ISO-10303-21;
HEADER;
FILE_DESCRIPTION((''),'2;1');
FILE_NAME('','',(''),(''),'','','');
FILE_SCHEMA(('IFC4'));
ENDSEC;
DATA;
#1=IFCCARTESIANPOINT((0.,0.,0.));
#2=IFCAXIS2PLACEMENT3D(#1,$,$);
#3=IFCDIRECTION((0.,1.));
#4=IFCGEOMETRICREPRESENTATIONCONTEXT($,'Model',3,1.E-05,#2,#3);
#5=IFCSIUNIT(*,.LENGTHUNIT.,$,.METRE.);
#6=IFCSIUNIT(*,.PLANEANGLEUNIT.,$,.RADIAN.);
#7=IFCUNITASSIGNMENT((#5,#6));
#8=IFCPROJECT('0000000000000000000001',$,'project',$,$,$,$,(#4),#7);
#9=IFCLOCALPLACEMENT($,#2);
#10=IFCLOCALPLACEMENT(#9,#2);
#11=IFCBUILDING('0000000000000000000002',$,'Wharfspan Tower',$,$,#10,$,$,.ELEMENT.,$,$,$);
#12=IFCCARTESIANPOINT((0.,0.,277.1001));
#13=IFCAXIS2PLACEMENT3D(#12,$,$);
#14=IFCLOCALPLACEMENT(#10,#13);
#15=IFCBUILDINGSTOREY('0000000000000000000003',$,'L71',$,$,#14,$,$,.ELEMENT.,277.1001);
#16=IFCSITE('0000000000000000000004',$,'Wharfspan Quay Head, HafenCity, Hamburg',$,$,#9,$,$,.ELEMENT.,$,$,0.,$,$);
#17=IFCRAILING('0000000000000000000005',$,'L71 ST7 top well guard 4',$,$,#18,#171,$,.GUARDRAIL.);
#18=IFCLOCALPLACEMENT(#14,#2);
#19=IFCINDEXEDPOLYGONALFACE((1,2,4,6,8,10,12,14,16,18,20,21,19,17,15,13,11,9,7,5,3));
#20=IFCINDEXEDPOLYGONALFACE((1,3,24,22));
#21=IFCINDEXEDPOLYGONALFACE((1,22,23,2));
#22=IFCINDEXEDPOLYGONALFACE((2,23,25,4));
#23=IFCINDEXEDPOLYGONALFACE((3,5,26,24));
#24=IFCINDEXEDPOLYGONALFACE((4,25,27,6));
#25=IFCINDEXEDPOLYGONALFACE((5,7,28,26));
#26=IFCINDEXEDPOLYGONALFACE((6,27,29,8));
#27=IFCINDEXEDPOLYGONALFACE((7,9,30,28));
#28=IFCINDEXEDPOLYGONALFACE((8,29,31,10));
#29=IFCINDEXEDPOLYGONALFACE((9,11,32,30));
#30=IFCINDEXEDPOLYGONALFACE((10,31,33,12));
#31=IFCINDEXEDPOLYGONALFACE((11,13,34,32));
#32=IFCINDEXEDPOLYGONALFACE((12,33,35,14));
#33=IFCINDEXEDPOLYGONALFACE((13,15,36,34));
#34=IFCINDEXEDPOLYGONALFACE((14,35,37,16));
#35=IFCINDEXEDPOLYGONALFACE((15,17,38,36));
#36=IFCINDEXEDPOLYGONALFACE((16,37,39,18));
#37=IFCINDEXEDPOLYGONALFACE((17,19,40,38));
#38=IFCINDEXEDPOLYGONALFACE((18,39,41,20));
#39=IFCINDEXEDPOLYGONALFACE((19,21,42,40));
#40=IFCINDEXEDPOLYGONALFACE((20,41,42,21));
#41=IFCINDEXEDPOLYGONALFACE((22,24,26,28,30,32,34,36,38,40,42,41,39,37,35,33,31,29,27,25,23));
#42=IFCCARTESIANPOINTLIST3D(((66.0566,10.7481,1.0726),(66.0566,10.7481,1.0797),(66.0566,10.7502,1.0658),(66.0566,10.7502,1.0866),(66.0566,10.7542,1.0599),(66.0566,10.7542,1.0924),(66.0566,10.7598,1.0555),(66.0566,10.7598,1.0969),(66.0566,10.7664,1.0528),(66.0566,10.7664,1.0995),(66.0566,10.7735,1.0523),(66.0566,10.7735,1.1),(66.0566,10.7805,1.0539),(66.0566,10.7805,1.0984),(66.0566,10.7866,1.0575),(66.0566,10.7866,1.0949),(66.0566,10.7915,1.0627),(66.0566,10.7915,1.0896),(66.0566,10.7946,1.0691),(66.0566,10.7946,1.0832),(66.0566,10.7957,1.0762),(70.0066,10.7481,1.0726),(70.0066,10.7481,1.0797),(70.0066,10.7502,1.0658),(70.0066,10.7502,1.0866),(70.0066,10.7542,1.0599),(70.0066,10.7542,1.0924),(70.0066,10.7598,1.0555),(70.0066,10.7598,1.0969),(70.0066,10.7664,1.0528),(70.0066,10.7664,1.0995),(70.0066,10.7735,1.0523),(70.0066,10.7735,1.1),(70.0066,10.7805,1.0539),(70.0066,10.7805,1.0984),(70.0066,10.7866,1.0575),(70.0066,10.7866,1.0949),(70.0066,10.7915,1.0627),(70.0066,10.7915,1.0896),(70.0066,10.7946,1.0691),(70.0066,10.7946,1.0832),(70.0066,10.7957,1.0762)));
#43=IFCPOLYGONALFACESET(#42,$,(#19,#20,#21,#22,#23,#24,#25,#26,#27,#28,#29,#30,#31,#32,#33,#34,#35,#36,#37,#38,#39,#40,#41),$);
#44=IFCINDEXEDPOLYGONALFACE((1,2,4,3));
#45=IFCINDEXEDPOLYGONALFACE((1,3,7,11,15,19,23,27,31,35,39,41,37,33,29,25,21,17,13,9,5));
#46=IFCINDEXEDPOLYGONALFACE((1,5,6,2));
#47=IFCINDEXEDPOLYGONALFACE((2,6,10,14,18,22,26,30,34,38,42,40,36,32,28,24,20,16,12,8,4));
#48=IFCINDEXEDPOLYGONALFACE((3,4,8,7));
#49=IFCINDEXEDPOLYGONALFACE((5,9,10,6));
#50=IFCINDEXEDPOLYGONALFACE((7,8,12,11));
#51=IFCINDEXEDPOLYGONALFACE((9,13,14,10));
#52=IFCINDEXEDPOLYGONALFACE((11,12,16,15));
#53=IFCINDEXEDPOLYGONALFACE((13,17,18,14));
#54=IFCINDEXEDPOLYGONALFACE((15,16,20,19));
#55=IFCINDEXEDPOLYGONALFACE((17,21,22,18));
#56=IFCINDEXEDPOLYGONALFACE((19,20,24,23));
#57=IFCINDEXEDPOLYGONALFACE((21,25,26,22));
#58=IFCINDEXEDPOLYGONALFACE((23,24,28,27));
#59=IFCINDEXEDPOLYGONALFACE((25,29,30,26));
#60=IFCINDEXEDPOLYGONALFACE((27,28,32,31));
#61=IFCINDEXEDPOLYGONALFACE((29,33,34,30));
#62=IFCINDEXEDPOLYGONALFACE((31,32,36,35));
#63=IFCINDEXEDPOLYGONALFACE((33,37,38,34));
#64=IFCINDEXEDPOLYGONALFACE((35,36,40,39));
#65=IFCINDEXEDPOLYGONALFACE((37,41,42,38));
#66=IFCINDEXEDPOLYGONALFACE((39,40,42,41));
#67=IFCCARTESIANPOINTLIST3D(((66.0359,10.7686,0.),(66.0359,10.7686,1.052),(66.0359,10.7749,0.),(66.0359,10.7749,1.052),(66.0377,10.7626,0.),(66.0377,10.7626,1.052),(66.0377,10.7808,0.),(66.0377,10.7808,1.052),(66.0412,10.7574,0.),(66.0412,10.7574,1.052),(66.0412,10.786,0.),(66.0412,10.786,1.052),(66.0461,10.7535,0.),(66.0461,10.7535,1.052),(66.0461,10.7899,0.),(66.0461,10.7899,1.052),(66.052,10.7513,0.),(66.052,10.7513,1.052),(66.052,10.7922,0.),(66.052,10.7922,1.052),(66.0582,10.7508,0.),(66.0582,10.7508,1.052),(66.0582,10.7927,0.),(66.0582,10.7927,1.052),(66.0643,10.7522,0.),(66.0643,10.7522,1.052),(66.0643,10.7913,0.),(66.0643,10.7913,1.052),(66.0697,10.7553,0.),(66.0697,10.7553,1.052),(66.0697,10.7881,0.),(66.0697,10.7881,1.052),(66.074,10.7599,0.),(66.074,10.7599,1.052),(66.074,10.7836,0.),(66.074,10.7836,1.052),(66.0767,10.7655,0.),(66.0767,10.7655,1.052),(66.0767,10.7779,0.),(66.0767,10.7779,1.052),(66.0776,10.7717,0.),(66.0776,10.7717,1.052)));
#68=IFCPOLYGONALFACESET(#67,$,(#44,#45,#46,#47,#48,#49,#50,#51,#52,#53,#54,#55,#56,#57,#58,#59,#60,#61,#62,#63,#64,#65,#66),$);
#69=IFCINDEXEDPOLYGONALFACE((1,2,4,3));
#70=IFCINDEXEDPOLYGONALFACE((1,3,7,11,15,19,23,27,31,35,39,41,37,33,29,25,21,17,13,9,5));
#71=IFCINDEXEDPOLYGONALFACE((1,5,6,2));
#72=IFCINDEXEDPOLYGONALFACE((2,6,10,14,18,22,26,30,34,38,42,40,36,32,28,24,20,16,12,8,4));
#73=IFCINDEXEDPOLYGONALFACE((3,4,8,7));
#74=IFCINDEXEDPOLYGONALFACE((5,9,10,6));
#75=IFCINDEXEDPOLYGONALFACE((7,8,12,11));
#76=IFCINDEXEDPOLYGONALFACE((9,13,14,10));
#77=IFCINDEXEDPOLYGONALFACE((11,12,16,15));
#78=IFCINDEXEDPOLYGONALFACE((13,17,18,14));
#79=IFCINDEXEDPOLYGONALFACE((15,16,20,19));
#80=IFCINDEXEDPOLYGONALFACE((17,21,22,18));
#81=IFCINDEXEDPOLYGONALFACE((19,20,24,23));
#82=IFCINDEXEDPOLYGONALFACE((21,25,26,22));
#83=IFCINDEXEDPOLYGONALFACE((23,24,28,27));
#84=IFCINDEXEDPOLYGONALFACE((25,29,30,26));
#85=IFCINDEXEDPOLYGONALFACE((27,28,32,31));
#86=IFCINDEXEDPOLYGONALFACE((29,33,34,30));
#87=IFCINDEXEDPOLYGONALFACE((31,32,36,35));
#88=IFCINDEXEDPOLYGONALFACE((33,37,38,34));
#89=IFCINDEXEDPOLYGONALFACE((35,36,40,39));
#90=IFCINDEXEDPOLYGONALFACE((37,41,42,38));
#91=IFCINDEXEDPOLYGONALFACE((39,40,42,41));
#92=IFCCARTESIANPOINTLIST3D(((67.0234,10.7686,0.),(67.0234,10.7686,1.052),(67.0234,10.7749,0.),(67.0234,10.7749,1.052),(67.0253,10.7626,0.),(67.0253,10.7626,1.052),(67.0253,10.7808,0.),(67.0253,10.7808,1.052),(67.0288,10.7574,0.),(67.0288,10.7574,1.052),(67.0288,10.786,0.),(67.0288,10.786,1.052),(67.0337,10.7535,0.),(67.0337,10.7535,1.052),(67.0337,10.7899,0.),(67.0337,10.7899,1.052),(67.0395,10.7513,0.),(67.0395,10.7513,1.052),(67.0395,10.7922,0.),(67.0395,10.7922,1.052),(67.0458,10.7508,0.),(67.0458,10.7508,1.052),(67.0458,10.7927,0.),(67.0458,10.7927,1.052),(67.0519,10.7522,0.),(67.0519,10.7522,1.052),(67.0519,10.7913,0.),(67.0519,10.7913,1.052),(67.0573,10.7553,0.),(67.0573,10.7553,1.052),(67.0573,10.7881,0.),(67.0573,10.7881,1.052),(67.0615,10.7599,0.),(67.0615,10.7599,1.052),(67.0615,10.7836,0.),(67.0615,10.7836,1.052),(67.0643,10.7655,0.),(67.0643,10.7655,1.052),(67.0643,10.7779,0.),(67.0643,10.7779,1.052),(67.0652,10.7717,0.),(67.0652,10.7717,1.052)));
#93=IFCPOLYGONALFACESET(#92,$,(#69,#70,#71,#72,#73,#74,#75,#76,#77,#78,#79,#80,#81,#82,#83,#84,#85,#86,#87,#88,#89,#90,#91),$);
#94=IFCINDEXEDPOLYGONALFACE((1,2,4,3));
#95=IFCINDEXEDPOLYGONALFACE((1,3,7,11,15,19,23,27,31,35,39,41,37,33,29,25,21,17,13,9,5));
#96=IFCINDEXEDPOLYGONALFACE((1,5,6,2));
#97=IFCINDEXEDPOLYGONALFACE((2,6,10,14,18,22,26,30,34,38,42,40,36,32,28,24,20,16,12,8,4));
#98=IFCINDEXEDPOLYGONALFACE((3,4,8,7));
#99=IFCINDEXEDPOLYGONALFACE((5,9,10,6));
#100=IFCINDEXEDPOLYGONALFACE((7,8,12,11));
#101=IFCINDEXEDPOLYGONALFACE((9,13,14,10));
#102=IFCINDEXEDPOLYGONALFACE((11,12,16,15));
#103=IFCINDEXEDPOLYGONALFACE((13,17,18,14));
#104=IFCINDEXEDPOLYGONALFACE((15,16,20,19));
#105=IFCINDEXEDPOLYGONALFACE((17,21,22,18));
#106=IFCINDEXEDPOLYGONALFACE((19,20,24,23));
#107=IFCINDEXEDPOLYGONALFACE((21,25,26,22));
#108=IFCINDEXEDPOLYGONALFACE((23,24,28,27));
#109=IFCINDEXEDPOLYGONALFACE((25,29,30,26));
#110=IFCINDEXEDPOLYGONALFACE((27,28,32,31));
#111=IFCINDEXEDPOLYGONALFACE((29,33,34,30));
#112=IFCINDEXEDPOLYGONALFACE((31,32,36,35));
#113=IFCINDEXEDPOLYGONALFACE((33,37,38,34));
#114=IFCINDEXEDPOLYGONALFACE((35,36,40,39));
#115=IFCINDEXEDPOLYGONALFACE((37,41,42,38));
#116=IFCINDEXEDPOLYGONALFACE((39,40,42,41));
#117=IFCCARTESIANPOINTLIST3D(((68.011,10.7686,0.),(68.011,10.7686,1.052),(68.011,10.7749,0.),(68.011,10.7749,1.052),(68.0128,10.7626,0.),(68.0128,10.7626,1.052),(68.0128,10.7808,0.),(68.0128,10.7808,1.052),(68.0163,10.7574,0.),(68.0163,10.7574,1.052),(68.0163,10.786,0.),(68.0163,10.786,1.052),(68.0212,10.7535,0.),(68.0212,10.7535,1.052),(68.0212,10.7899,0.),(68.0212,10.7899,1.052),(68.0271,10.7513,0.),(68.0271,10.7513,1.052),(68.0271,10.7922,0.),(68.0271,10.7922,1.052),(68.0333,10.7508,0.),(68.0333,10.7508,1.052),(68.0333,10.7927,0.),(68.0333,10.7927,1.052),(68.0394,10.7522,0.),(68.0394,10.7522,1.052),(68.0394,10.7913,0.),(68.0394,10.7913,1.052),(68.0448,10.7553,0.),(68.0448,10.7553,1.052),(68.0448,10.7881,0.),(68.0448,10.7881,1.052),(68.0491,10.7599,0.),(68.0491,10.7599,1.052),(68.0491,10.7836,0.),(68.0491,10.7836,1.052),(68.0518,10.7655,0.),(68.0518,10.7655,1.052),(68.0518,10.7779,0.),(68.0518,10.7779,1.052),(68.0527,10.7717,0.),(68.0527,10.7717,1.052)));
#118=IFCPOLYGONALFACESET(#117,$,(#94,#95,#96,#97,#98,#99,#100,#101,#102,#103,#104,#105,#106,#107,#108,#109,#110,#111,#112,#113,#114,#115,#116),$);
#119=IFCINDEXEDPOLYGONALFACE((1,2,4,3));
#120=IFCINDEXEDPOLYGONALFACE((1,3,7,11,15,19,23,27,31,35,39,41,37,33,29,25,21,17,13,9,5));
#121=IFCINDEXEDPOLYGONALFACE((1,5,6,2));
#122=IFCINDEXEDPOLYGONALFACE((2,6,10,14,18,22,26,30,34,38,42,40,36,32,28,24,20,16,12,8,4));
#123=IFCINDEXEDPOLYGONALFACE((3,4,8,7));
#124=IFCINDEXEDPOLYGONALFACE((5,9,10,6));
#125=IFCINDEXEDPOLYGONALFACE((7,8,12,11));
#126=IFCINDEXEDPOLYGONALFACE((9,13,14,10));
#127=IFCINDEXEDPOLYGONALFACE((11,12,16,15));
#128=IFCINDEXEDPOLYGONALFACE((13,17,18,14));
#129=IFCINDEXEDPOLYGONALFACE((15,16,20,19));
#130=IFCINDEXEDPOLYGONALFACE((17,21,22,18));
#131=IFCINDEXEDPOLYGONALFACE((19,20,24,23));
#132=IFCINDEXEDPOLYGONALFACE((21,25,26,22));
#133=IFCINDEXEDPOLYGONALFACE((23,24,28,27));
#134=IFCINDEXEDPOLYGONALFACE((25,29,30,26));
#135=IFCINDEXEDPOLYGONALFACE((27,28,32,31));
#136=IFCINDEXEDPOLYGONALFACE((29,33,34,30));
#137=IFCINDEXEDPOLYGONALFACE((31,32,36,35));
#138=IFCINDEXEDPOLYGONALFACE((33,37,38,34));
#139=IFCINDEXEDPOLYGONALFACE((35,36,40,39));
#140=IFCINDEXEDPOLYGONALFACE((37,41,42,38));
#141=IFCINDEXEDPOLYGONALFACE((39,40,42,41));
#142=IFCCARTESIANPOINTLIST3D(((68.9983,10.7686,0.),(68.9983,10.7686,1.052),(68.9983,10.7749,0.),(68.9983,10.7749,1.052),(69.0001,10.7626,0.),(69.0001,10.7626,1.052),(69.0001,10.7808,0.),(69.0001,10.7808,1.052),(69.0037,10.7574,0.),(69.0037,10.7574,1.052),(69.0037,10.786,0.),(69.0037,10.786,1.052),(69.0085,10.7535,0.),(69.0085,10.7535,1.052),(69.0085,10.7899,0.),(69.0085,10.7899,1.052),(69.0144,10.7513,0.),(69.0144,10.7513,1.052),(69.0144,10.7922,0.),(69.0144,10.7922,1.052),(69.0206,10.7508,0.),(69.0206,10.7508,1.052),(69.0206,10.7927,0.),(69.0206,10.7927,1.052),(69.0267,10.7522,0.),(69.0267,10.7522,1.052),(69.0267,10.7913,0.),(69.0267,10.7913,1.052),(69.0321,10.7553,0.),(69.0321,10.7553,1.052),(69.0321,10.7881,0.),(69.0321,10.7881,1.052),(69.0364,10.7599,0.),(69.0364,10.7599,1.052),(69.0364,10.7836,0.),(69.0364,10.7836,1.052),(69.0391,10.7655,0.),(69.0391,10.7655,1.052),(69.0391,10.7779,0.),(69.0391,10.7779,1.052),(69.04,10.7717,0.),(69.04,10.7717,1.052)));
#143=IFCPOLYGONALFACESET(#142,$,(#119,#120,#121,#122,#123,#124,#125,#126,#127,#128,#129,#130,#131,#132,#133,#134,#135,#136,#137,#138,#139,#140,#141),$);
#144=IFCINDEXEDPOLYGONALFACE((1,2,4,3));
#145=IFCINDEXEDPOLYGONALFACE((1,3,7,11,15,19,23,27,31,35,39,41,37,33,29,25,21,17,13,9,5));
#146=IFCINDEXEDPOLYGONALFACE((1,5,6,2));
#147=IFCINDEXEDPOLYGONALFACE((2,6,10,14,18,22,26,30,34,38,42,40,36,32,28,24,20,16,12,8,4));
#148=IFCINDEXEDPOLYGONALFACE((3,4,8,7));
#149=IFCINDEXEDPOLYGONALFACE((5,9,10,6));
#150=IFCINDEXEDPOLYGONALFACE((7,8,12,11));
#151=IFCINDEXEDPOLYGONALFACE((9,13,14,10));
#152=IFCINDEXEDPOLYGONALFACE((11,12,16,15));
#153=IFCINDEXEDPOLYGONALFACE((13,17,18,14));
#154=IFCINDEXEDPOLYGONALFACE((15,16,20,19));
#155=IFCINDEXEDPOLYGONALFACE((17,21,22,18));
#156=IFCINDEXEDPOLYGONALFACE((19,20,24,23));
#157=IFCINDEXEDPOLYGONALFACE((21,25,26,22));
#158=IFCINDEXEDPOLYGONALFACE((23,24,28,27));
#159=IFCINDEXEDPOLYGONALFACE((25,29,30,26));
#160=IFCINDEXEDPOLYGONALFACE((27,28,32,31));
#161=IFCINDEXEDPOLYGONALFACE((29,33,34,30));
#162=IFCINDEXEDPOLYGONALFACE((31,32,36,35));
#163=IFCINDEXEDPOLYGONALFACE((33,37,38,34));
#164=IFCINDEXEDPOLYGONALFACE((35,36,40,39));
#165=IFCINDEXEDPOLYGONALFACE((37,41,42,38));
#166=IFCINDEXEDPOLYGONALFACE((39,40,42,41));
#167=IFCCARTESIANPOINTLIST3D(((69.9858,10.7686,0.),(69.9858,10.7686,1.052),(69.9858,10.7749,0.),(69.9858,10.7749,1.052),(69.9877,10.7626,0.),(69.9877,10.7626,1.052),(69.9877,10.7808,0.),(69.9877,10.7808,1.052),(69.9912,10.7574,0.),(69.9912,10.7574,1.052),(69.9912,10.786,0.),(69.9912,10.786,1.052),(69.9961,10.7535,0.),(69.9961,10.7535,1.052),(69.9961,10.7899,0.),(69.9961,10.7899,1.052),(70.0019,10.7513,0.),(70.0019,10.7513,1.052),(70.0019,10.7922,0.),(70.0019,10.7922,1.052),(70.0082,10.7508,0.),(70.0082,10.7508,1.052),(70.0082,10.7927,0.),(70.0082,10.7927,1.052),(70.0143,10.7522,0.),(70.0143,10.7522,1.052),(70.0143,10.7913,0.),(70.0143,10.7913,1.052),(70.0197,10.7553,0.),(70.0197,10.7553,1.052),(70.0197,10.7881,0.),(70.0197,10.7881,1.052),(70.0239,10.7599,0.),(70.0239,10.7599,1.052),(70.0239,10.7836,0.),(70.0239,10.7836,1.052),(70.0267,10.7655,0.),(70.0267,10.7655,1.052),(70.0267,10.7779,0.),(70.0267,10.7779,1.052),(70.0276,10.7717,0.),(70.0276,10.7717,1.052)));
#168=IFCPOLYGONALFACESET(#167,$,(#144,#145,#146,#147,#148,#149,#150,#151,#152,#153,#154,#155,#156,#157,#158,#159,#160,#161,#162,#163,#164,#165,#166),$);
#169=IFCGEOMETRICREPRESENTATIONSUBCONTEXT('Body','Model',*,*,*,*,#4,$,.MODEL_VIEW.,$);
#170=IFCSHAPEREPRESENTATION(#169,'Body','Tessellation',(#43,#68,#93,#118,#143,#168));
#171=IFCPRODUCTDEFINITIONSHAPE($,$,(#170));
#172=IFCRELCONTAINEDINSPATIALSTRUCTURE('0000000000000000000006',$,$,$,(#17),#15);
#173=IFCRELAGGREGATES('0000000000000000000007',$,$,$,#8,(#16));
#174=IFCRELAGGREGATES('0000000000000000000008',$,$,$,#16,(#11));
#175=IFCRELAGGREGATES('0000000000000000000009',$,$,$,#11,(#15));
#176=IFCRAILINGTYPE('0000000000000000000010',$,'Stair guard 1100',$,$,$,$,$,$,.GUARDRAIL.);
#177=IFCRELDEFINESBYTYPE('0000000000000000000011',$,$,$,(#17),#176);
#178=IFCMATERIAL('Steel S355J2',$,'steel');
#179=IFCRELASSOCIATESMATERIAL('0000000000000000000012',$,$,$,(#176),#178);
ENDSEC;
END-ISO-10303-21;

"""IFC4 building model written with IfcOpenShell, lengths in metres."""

from ifc_helpers import new_model, si_unit, direction, frame, origin, origin_2d, place, context, subcontext, project, spatial, circle, extrude, material, type_object, element, save


model = new_model("IFC4")

# Units and contexts
model_context = context("Model", 3, precision=1e-05, world=origin(), true_north=direction((0.0, 1.0)))
body_context = subcontext(model_context, "Body", "Model", "MODEL_VIEW")
ifc_project = project(units=[si_unit("LENGTHUNIT", "METRE"), si_unit("PLANEANGLEUNIT", "RADIAN")], contexts=[model_context])

# Site, building, storey
site_placement = place(None, origin())
site = spatial("IfcSite", under=ifc_project, at=site_placement, Name="Wharfspan Quay Head, HafenCity, Hamburg", CompositionType="ELEMENT", RefElevation=0.0)
building_placement = place(site_placement, origin())
building = spatial("IfcBuilding", under=site, at=building_placement, Name="Wharfspan Tower", CompositionType="ELEMENT")
storey_placement = place(building_placement, frame((0.0, 0.0, 277.1001)))
storey = spatial("IfcBuildingStorey", under=building, at=storey_placement, Name="L71", CompositionType="ELEMENT", Elevation=277.1001)

# Shared definitions
ifc_material_1 = material(Name="Steel S355J2", Category="steel")

# Railing
railing_type = type_object("IfcRailingType", Name="Stair guard 1100", PredefinedType="GUARDRAIL", material=ifc_material_1)
railing_1_placement = place(storey_placement, frame((66.0566, 10.7717, 0.0)))
element("IfcRailing", 1, at=railing_1_placement, inside=storey, type_object=railing_type, Name="L71 ST7 top well guard 4", PredefinedType="GUARDRAIL", context=body_context, shape_type="SweptSolid", body=[
    extrude(circle(Radius=0.0239, at=origin_2d()), frame((0.0, 0.0, 1.0762), z_axis=(1.0, 0.0, 0.0), x_axis=(0.0, 1.0, 0.0)), (0.0, 0.0, 1.0), 3.95),
    extrude(circle(Radius=0.021, at=origin_2d()), origin(), (0.0, 0.0, 1.0), 1.052),
    extrude(circle(Radius=0.021, at=origin_2d()), frame((0.9875, 0.0, 0.0)), (0.0, 0.0, 1.0), 1.052),
    extrude(circle(Radius=0.021, at=origin_2d()), frame((1.9751, 0.0, 0.0)), (0.0, 0.0, 1.0), 1.052),
    extrude(circle(Radius=0.021, at=origin_2d()), frame((2.9624, 0.0, 0.0)), (0.0, 0.0, 1.0), 1.052),
    extrude(circle(Radius=0.021, at=origin_2d()), frame((3.95, 0.0, 0.0)), (0.0, 0.0, 1.0), 1.052),
])

save(model, "model.ifc")
